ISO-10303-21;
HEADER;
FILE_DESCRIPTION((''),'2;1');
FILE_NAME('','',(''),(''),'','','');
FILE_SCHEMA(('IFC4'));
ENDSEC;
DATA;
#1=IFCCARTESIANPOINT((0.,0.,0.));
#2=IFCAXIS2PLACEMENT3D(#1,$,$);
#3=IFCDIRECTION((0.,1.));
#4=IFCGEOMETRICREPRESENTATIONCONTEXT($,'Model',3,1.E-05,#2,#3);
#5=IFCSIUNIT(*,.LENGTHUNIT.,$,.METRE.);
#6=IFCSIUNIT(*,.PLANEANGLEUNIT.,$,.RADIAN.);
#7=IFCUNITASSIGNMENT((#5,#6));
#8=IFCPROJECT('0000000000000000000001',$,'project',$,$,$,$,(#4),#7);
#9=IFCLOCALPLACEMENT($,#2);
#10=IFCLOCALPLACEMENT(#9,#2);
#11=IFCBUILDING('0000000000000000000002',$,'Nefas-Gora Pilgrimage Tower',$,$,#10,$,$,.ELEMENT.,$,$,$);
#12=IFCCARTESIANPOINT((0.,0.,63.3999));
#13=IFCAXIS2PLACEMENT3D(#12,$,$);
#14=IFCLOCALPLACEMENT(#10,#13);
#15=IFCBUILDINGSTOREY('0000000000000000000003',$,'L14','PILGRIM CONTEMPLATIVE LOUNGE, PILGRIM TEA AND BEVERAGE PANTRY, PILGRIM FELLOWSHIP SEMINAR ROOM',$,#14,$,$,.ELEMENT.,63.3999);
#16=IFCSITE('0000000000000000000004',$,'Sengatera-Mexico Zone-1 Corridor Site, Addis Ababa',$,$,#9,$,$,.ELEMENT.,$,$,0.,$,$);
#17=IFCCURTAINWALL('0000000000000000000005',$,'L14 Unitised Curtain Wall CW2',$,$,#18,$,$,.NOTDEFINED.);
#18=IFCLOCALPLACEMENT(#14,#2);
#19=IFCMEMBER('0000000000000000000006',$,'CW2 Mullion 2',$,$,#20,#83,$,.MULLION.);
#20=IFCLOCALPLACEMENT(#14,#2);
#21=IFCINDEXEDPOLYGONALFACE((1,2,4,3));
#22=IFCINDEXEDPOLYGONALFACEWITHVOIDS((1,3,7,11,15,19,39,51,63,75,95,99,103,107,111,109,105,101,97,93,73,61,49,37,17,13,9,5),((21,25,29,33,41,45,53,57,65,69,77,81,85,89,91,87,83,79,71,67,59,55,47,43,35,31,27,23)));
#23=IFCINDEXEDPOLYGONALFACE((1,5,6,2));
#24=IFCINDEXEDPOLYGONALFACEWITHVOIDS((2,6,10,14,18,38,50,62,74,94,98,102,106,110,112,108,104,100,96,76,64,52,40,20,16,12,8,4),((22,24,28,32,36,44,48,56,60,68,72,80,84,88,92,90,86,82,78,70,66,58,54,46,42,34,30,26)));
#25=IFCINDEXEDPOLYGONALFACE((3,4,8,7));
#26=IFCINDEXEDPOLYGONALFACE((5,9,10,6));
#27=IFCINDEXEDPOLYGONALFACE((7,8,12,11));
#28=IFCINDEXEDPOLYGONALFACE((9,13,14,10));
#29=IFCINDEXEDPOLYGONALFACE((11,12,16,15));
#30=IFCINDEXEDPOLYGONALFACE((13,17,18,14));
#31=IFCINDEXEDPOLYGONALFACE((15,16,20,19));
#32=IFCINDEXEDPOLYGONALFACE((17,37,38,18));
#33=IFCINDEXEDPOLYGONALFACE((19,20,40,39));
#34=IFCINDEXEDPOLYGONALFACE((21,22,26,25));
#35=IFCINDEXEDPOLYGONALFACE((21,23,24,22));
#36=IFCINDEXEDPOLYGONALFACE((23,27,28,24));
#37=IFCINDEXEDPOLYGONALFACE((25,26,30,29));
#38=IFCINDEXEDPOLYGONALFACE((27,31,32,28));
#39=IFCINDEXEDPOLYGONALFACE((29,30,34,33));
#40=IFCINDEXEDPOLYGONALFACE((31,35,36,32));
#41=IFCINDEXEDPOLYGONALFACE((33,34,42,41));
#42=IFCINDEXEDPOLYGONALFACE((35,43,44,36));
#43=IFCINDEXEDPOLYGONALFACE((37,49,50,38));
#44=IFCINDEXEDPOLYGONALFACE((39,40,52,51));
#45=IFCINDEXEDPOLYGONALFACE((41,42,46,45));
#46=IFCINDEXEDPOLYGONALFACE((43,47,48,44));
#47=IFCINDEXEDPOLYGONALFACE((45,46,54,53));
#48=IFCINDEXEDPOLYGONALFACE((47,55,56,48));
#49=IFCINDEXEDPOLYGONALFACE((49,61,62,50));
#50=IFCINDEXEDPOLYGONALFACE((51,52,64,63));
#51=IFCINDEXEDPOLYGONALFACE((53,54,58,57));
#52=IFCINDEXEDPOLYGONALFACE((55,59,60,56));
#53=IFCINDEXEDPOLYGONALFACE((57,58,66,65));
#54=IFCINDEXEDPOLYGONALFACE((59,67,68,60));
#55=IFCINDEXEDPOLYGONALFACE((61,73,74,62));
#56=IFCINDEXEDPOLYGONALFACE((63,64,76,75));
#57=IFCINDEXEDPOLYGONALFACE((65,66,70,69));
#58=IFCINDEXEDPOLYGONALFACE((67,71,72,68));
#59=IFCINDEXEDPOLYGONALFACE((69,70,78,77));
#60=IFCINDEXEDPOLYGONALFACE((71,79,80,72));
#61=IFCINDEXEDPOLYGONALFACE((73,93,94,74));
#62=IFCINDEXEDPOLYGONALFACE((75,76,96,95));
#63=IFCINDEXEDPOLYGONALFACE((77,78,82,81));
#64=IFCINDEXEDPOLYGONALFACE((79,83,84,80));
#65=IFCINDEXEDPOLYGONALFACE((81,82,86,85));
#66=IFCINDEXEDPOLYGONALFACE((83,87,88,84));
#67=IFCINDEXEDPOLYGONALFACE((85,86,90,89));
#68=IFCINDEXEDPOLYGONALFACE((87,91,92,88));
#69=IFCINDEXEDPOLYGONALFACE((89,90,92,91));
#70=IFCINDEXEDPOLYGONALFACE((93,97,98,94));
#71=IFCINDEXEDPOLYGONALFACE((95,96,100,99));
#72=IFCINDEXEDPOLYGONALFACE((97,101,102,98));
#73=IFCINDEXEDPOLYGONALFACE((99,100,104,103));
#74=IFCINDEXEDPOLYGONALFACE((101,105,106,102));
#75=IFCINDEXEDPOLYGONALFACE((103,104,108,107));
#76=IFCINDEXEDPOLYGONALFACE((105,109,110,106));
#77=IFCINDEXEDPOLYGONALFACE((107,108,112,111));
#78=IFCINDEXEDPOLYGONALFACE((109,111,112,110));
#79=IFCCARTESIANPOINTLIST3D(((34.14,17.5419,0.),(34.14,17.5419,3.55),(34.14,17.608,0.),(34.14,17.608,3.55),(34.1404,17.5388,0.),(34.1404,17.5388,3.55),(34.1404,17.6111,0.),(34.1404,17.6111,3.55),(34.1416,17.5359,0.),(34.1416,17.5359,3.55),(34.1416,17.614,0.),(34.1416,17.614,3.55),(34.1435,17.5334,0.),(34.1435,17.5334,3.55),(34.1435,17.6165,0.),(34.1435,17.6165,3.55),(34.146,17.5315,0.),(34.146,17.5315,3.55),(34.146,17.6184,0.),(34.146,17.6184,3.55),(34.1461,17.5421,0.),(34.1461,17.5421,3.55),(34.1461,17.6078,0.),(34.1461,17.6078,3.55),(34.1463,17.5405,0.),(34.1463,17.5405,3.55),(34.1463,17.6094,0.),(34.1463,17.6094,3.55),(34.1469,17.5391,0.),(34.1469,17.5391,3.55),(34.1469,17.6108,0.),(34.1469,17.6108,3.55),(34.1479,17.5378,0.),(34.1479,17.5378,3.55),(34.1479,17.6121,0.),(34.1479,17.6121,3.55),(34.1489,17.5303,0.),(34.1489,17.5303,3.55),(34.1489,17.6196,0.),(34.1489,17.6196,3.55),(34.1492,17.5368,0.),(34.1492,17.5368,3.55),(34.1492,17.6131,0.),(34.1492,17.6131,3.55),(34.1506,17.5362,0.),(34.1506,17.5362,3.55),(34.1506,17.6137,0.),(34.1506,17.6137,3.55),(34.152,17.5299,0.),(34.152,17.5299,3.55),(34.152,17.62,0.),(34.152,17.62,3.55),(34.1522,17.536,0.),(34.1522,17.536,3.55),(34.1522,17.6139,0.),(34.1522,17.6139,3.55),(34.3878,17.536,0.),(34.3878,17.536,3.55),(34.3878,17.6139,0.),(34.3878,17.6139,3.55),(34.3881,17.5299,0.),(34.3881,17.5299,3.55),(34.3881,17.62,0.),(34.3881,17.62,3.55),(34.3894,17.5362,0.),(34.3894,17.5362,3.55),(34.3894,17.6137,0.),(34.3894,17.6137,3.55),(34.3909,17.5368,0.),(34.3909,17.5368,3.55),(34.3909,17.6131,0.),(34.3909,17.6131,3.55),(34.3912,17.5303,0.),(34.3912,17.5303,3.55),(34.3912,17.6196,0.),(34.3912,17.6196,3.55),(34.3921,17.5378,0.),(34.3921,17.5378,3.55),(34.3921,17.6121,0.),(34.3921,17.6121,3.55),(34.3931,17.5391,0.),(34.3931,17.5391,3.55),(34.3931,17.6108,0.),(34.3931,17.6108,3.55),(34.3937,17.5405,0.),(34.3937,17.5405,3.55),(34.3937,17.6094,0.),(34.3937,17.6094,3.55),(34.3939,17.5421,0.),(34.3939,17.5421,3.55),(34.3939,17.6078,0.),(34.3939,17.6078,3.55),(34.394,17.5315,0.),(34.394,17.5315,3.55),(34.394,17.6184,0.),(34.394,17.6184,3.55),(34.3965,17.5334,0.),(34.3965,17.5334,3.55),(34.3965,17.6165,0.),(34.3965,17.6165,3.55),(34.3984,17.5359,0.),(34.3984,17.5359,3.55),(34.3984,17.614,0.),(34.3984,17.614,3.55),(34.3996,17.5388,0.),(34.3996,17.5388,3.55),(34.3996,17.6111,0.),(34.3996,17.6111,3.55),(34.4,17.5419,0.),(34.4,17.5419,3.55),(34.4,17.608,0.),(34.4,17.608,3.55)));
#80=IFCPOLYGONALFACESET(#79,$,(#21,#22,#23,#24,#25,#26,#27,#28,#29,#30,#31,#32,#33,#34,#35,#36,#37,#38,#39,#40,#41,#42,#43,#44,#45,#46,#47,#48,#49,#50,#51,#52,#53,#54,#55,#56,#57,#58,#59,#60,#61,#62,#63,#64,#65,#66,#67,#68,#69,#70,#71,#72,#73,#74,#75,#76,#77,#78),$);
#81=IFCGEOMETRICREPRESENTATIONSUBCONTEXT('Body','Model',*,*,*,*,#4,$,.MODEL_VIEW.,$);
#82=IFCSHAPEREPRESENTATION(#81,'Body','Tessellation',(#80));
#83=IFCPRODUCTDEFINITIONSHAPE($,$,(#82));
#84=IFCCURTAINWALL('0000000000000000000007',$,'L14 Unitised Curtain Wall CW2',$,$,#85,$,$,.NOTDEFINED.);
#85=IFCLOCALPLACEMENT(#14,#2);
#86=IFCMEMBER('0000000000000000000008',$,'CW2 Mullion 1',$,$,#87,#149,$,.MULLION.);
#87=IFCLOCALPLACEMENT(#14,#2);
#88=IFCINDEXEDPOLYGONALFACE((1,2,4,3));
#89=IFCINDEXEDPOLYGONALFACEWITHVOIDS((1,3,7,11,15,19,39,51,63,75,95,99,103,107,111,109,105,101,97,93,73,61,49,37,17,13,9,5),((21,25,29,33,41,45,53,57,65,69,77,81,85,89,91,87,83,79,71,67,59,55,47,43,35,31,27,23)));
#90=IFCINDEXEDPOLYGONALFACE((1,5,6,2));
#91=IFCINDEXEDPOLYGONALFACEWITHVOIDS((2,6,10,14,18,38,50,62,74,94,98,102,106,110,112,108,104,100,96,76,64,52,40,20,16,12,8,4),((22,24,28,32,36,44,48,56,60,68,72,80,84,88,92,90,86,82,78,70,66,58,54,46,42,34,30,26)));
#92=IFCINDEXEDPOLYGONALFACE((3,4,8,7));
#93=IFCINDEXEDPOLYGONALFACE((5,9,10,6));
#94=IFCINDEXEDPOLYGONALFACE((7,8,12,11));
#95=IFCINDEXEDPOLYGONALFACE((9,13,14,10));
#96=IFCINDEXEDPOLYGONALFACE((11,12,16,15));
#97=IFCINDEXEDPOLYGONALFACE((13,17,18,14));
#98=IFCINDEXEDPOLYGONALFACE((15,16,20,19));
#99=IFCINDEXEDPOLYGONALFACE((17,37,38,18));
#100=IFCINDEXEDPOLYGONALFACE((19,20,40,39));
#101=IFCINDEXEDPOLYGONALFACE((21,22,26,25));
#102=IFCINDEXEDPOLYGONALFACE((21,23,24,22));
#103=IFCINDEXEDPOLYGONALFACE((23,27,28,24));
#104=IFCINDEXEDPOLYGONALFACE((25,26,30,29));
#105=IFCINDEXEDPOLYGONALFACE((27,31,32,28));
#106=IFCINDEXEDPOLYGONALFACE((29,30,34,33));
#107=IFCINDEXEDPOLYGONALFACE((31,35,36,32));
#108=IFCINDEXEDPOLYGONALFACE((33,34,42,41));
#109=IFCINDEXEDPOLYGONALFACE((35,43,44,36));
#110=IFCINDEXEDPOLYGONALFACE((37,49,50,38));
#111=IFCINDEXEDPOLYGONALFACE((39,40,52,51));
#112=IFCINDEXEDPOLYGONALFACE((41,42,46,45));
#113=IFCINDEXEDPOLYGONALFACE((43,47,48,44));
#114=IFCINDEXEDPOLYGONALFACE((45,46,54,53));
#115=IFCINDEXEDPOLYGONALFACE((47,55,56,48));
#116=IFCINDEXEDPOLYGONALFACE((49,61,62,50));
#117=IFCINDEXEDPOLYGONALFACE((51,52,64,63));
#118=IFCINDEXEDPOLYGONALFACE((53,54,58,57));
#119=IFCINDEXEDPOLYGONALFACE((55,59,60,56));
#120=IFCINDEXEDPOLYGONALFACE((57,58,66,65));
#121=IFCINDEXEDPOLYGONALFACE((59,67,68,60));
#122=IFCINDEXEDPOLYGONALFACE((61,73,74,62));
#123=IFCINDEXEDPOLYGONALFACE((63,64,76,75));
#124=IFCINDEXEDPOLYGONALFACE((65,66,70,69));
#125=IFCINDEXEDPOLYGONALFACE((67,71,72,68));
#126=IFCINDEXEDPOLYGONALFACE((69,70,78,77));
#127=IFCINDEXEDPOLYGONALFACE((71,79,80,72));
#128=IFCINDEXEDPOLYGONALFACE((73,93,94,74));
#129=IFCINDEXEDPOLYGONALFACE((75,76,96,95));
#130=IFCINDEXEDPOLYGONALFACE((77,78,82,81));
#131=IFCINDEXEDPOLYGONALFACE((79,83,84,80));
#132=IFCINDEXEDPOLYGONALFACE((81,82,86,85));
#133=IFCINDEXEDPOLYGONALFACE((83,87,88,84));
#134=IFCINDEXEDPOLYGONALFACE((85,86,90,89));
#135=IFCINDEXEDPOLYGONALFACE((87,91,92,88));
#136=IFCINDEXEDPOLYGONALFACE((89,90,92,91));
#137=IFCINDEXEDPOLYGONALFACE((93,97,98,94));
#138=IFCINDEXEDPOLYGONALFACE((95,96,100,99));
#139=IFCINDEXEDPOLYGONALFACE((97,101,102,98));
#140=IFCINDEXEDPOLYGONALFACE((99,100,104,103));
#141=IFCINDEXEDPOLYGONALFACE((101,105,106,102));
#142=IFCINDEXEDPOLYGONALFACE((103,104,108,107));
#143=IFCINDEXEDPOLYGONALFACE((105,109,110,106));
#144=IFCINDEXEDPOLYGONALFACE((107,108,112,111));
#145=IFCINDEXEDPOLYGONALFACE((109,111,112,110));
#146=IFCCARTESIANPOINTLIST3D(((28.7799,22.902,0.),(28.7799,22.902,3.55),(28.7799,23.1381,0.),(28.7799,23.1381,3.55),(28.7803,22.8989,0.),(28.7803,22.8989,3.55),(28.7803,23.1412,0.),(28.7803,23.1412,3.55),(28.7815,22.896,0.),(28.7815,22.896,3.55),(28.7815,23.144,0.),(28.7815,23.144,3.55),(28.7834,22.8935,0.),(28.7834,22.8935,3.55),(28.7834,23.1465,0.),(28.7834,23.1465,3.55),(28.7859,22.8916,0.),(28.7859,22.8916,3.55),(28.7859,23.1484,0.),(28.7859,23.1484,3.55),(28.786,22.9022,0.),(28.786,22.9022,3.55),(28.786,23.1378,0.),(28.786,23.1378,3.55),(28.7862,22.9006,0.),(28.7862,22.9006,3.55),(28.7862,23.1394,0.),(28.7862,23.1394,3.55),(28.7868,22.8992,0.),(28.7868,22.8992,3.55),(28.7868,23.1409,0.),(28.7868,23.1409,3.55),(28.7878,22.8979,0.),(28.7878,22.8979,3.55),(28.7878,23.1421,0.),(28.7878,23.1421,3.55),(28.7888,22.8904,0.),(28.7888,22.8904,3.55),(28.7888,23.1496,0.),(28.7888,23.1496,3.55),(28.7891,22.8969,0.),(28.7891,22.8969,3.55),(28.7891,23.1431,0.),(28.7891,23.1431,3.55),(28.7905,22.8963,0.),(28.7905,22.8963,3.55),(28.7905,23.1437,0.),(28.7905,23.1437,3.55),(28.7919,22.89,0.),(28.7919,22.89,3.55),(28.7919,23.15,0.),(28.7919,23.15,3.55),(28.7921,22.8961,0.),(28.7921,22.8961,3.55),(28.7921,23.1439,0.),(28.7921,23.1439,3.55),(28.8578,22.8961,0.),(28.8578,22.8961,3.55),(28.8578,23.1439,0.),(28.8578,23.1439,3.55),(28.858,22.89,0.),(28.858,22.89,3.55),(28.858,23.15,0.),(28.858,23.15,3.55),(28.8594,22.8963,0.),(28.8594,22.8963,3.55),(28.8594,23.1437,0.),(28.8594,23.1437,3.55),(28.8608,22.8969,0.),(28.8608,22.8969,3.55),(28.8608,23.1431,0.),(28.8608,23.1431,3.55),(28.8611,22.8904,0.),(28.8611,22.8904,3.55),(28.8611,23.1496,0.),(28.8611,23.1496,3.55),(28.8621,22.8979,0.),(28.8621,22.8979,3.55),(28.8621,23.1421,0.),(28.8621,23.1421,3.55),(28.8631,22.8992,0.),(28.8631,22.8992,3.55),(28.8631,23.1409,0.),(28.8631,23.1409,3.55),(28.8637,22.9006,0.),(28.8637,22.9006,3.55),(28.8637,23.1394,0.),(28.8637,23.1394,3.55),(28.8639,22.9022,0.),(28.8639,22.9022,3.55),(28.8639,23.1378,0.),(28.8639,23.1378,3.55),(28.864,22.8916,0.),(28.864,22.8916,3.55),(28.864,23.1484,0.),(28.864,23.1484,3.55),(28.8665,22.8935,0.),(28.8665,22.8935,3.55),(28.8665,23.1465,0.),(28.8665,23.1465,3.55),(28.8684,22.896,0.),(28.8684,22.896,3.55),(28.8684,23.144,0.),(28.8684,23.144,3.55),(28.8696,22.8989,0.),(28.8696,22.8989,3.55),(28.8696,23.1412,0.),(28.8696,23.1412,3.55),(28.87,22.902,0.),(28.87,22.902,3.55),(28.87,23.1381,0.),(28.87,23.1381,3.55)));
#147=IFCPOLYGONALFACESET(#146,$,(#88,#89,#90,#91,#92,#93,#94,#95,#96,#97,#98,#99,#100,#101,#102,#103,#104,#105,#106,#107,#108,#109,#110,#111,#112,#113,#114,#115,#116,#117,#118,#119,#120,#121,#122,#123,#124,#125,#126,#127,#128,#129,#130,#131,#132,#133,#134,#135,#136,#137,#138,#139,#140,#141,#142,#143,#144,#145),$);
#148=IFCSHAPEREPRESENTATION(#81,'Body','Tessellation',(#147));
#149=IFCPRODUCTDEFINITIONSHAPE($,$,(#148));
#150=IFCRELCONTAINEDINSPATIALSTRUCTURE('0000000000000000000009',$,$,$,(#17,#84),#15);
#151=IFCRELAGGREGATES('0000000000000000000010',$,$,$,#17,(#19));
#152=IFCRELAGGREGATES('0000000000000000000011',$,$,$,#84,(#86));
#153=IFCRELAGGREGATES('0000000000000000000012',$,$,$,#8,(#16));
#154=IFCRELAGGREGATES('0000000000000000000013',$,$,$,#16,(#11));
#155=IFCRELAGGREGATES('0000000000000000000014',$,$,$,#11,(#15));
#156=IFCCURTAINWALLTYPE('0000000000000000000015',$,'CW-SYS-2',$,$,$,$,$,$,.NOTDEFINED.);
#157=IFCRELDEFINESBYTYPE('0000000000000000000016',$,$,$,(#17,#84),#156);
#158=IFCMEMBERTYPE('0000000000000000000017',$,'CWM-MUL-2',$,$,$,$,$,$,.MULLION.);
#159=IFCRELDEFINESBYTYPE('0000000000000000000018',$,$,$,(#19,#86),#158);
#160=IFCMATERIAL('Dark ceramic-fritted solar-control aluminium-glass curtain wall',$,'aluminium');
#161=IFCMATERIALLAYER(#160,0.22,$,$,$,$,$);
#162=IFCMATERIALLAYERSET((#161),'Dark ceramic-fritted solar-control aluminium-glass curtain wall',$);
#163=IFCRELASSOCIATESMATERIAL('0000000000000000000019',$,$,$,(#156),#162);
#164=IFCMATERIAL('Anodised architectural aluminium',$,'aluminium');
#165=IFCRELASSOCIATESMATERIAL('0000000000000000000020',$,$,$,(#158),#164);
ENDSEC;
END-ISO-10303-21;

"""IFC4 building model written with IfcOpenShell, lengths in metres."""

from ifc_helpers import new_model, si_unit, direction, frame, origin, origin_2d, place, context, subcontext, project, spatial, hollow_rectangle, extrude, source, transform, mapped, material, layer, layer_set, material_profile, profile_set, type_object, element, aggregate, save


model = new_model("IFC4")

# Units and contexts
model_context = context("Model", 3, precision=1e-05, world=origin(), true_north=direction((0.0, 1.0)))
body_context = subcontext(model_context, "Body", "Model", "MODEL_VIEW")
ifc_project = project(units=[si_unit("LENGTHUNIT", "METRE"), si_unit("PLANEANGLEUNIT", "RADIAN")], contexts=[model_context])

# Site, building, storey
site_placement = place(None, origin())
site = spatial("IfcSite", under=ifc_project, at=site_placement, Name="Sengatera-Mexico Zone-1 Corridor Site, Addis Ababa", CompositionType="ELEMENT", RefElevation=0.0)
building_placement = place(site_placement, origin())
building = spatial("IfcBuilding", under=site, at=building_placement, Name="Nefas-Gora Pilgrimage Tower", CompositionType="ELEMENT")
storey_placement = place(building_placement, frame((0.0, 0.0, 63.3999)))
storey = spatial("IfcBuildingStorey", under=building, at=storey_placement, Name="L14", Description="PILGRIM CONTEMPLATIVE LOUNGE, PILGRIM TEA AND BEVERAGE PANTRY, PILGRIM FELLOWSHIP SEMINAR ROOM", CompositionType="ELEMENT", Elevation=63.3999)

# Curtain wall, member
ifc_material_1 = material(Name="Dark ceramic-fritted solar-control aluminium-glass curtain wall", Category="aluminium")
ifc_layer_1 = layer(ifc_material_1, 0.22)
ifc_layer_set_1 = layer_set([ifc_layer_1], Name="Dark ceramic-fritted solar-control aluminium-glass curtain wall")
curtain_wall_type = type_object("IfcCurtainWallType", Name="CW-SYS-2", PredefinedType="NOTDEFINED", material=ifc_layer_set_1)
curtain_wall_1_placement = place(storey_placement, origin())
curtain_wall_1 = element("IfcCurtainWall", 1, at=curtain_wall_1_placement, inside=storey, type_object=curtain_wall_type, Name="L14 Unitised Curtain Wall CW2", PredefinedType="NOTDEFINED")
ifc_material_2 = material(Name="Anodised architectural aluminium", Category="aluminium")
ifc_material_profile_1 = material_profile(ifc_material_2, hollow_rectangle(XDim=0.0901, YDim=0.26, WallThickness=0.0061, InnerFilletRadius=0.0061, OuterFilletRadius=0.012, at=origin_2d()), Name="ALU MULLION 90x260")
ifc_profile_set_1 = profile_set([ifc_material_profile_1], Name="Anodised architectural aluminium")
member_type_1 = type_object("IfcMemberType", Name="CWM-MUL-2", PredefinedType="MULLION", material=ifc_profile_set_1)
shared_shape_1 = source(origin(), body_context, "Body", "SweptSolid", [
    extrude(hollow_rectangle(XDim=0.0901, YDim=0.26, WallThickness=0.0061, InnerFilletRadius=0.0061, OuterFilletRadius=0.012, at=origin_2d()), origin(), (0.0, 0.0, 1.0), 3.55),
])
member_1_placement = place(storey_placement, frame((34.27, 17.575, 0.0), z_axis=(0.0, 0.0, 1.0), x_axis=(0.0, 1.0, 0.0)))
member_1 = element("IfcMember", 2, at=member_1_placement, type_object=member_type_1, Name="CW2 Mullion 2", PredefinedType="MULLION", context=body_context, shape_type="MappedRepresentation", body=[
    mapped(shared_shape_1, transform((0.0, 0.0, 0.0), x_axis=(1.0, 0.0, 0.0), y_axis=(0.0, 1.0, 0.0), z_axis=(0.0, 0.0, 1.0), scale=1.0)),
])
aggregate(curtain_wall_1, [member_1])

# Curtain wall, member
curtain_wall_2_placement = place(storey_placement, origin())
curtain_wall_2 = element("IfcCurtainWall", 3, at=curtain_wall_2_placement, inside=storey, type_object=curtain_wall_type, Name="L14 Unitised Curtain Wall CW2", PredefinedType="NOTDEFINED")
member_2_placement = place(storey_placement, frame((28.825, 23.02, 0.0), z_axis=(0.0, 0.0, 1.0), x_axis=(-1.0, 0.0, 0.0)))
member_2 = element("IfcMember", 4, at=member_2_placement, type_object=member_type_1, Name="CW2 Mullion 1", PredefinedType="MULLION", context=body_context, shape_type="MappedRepresentation", body=[
    mapped(shared_shape_1, transform((0.0, 0.0, 0.0), x_axis=(1.0, 0.0, 0.0), y_axis=(0.0, 1.0, 0.0), z_axis=(0.0, 0.0, 1.0), scale=1.0)),
])
aggregate(curtain_wall_2, [member_2])

save(model, "model.ifc")
